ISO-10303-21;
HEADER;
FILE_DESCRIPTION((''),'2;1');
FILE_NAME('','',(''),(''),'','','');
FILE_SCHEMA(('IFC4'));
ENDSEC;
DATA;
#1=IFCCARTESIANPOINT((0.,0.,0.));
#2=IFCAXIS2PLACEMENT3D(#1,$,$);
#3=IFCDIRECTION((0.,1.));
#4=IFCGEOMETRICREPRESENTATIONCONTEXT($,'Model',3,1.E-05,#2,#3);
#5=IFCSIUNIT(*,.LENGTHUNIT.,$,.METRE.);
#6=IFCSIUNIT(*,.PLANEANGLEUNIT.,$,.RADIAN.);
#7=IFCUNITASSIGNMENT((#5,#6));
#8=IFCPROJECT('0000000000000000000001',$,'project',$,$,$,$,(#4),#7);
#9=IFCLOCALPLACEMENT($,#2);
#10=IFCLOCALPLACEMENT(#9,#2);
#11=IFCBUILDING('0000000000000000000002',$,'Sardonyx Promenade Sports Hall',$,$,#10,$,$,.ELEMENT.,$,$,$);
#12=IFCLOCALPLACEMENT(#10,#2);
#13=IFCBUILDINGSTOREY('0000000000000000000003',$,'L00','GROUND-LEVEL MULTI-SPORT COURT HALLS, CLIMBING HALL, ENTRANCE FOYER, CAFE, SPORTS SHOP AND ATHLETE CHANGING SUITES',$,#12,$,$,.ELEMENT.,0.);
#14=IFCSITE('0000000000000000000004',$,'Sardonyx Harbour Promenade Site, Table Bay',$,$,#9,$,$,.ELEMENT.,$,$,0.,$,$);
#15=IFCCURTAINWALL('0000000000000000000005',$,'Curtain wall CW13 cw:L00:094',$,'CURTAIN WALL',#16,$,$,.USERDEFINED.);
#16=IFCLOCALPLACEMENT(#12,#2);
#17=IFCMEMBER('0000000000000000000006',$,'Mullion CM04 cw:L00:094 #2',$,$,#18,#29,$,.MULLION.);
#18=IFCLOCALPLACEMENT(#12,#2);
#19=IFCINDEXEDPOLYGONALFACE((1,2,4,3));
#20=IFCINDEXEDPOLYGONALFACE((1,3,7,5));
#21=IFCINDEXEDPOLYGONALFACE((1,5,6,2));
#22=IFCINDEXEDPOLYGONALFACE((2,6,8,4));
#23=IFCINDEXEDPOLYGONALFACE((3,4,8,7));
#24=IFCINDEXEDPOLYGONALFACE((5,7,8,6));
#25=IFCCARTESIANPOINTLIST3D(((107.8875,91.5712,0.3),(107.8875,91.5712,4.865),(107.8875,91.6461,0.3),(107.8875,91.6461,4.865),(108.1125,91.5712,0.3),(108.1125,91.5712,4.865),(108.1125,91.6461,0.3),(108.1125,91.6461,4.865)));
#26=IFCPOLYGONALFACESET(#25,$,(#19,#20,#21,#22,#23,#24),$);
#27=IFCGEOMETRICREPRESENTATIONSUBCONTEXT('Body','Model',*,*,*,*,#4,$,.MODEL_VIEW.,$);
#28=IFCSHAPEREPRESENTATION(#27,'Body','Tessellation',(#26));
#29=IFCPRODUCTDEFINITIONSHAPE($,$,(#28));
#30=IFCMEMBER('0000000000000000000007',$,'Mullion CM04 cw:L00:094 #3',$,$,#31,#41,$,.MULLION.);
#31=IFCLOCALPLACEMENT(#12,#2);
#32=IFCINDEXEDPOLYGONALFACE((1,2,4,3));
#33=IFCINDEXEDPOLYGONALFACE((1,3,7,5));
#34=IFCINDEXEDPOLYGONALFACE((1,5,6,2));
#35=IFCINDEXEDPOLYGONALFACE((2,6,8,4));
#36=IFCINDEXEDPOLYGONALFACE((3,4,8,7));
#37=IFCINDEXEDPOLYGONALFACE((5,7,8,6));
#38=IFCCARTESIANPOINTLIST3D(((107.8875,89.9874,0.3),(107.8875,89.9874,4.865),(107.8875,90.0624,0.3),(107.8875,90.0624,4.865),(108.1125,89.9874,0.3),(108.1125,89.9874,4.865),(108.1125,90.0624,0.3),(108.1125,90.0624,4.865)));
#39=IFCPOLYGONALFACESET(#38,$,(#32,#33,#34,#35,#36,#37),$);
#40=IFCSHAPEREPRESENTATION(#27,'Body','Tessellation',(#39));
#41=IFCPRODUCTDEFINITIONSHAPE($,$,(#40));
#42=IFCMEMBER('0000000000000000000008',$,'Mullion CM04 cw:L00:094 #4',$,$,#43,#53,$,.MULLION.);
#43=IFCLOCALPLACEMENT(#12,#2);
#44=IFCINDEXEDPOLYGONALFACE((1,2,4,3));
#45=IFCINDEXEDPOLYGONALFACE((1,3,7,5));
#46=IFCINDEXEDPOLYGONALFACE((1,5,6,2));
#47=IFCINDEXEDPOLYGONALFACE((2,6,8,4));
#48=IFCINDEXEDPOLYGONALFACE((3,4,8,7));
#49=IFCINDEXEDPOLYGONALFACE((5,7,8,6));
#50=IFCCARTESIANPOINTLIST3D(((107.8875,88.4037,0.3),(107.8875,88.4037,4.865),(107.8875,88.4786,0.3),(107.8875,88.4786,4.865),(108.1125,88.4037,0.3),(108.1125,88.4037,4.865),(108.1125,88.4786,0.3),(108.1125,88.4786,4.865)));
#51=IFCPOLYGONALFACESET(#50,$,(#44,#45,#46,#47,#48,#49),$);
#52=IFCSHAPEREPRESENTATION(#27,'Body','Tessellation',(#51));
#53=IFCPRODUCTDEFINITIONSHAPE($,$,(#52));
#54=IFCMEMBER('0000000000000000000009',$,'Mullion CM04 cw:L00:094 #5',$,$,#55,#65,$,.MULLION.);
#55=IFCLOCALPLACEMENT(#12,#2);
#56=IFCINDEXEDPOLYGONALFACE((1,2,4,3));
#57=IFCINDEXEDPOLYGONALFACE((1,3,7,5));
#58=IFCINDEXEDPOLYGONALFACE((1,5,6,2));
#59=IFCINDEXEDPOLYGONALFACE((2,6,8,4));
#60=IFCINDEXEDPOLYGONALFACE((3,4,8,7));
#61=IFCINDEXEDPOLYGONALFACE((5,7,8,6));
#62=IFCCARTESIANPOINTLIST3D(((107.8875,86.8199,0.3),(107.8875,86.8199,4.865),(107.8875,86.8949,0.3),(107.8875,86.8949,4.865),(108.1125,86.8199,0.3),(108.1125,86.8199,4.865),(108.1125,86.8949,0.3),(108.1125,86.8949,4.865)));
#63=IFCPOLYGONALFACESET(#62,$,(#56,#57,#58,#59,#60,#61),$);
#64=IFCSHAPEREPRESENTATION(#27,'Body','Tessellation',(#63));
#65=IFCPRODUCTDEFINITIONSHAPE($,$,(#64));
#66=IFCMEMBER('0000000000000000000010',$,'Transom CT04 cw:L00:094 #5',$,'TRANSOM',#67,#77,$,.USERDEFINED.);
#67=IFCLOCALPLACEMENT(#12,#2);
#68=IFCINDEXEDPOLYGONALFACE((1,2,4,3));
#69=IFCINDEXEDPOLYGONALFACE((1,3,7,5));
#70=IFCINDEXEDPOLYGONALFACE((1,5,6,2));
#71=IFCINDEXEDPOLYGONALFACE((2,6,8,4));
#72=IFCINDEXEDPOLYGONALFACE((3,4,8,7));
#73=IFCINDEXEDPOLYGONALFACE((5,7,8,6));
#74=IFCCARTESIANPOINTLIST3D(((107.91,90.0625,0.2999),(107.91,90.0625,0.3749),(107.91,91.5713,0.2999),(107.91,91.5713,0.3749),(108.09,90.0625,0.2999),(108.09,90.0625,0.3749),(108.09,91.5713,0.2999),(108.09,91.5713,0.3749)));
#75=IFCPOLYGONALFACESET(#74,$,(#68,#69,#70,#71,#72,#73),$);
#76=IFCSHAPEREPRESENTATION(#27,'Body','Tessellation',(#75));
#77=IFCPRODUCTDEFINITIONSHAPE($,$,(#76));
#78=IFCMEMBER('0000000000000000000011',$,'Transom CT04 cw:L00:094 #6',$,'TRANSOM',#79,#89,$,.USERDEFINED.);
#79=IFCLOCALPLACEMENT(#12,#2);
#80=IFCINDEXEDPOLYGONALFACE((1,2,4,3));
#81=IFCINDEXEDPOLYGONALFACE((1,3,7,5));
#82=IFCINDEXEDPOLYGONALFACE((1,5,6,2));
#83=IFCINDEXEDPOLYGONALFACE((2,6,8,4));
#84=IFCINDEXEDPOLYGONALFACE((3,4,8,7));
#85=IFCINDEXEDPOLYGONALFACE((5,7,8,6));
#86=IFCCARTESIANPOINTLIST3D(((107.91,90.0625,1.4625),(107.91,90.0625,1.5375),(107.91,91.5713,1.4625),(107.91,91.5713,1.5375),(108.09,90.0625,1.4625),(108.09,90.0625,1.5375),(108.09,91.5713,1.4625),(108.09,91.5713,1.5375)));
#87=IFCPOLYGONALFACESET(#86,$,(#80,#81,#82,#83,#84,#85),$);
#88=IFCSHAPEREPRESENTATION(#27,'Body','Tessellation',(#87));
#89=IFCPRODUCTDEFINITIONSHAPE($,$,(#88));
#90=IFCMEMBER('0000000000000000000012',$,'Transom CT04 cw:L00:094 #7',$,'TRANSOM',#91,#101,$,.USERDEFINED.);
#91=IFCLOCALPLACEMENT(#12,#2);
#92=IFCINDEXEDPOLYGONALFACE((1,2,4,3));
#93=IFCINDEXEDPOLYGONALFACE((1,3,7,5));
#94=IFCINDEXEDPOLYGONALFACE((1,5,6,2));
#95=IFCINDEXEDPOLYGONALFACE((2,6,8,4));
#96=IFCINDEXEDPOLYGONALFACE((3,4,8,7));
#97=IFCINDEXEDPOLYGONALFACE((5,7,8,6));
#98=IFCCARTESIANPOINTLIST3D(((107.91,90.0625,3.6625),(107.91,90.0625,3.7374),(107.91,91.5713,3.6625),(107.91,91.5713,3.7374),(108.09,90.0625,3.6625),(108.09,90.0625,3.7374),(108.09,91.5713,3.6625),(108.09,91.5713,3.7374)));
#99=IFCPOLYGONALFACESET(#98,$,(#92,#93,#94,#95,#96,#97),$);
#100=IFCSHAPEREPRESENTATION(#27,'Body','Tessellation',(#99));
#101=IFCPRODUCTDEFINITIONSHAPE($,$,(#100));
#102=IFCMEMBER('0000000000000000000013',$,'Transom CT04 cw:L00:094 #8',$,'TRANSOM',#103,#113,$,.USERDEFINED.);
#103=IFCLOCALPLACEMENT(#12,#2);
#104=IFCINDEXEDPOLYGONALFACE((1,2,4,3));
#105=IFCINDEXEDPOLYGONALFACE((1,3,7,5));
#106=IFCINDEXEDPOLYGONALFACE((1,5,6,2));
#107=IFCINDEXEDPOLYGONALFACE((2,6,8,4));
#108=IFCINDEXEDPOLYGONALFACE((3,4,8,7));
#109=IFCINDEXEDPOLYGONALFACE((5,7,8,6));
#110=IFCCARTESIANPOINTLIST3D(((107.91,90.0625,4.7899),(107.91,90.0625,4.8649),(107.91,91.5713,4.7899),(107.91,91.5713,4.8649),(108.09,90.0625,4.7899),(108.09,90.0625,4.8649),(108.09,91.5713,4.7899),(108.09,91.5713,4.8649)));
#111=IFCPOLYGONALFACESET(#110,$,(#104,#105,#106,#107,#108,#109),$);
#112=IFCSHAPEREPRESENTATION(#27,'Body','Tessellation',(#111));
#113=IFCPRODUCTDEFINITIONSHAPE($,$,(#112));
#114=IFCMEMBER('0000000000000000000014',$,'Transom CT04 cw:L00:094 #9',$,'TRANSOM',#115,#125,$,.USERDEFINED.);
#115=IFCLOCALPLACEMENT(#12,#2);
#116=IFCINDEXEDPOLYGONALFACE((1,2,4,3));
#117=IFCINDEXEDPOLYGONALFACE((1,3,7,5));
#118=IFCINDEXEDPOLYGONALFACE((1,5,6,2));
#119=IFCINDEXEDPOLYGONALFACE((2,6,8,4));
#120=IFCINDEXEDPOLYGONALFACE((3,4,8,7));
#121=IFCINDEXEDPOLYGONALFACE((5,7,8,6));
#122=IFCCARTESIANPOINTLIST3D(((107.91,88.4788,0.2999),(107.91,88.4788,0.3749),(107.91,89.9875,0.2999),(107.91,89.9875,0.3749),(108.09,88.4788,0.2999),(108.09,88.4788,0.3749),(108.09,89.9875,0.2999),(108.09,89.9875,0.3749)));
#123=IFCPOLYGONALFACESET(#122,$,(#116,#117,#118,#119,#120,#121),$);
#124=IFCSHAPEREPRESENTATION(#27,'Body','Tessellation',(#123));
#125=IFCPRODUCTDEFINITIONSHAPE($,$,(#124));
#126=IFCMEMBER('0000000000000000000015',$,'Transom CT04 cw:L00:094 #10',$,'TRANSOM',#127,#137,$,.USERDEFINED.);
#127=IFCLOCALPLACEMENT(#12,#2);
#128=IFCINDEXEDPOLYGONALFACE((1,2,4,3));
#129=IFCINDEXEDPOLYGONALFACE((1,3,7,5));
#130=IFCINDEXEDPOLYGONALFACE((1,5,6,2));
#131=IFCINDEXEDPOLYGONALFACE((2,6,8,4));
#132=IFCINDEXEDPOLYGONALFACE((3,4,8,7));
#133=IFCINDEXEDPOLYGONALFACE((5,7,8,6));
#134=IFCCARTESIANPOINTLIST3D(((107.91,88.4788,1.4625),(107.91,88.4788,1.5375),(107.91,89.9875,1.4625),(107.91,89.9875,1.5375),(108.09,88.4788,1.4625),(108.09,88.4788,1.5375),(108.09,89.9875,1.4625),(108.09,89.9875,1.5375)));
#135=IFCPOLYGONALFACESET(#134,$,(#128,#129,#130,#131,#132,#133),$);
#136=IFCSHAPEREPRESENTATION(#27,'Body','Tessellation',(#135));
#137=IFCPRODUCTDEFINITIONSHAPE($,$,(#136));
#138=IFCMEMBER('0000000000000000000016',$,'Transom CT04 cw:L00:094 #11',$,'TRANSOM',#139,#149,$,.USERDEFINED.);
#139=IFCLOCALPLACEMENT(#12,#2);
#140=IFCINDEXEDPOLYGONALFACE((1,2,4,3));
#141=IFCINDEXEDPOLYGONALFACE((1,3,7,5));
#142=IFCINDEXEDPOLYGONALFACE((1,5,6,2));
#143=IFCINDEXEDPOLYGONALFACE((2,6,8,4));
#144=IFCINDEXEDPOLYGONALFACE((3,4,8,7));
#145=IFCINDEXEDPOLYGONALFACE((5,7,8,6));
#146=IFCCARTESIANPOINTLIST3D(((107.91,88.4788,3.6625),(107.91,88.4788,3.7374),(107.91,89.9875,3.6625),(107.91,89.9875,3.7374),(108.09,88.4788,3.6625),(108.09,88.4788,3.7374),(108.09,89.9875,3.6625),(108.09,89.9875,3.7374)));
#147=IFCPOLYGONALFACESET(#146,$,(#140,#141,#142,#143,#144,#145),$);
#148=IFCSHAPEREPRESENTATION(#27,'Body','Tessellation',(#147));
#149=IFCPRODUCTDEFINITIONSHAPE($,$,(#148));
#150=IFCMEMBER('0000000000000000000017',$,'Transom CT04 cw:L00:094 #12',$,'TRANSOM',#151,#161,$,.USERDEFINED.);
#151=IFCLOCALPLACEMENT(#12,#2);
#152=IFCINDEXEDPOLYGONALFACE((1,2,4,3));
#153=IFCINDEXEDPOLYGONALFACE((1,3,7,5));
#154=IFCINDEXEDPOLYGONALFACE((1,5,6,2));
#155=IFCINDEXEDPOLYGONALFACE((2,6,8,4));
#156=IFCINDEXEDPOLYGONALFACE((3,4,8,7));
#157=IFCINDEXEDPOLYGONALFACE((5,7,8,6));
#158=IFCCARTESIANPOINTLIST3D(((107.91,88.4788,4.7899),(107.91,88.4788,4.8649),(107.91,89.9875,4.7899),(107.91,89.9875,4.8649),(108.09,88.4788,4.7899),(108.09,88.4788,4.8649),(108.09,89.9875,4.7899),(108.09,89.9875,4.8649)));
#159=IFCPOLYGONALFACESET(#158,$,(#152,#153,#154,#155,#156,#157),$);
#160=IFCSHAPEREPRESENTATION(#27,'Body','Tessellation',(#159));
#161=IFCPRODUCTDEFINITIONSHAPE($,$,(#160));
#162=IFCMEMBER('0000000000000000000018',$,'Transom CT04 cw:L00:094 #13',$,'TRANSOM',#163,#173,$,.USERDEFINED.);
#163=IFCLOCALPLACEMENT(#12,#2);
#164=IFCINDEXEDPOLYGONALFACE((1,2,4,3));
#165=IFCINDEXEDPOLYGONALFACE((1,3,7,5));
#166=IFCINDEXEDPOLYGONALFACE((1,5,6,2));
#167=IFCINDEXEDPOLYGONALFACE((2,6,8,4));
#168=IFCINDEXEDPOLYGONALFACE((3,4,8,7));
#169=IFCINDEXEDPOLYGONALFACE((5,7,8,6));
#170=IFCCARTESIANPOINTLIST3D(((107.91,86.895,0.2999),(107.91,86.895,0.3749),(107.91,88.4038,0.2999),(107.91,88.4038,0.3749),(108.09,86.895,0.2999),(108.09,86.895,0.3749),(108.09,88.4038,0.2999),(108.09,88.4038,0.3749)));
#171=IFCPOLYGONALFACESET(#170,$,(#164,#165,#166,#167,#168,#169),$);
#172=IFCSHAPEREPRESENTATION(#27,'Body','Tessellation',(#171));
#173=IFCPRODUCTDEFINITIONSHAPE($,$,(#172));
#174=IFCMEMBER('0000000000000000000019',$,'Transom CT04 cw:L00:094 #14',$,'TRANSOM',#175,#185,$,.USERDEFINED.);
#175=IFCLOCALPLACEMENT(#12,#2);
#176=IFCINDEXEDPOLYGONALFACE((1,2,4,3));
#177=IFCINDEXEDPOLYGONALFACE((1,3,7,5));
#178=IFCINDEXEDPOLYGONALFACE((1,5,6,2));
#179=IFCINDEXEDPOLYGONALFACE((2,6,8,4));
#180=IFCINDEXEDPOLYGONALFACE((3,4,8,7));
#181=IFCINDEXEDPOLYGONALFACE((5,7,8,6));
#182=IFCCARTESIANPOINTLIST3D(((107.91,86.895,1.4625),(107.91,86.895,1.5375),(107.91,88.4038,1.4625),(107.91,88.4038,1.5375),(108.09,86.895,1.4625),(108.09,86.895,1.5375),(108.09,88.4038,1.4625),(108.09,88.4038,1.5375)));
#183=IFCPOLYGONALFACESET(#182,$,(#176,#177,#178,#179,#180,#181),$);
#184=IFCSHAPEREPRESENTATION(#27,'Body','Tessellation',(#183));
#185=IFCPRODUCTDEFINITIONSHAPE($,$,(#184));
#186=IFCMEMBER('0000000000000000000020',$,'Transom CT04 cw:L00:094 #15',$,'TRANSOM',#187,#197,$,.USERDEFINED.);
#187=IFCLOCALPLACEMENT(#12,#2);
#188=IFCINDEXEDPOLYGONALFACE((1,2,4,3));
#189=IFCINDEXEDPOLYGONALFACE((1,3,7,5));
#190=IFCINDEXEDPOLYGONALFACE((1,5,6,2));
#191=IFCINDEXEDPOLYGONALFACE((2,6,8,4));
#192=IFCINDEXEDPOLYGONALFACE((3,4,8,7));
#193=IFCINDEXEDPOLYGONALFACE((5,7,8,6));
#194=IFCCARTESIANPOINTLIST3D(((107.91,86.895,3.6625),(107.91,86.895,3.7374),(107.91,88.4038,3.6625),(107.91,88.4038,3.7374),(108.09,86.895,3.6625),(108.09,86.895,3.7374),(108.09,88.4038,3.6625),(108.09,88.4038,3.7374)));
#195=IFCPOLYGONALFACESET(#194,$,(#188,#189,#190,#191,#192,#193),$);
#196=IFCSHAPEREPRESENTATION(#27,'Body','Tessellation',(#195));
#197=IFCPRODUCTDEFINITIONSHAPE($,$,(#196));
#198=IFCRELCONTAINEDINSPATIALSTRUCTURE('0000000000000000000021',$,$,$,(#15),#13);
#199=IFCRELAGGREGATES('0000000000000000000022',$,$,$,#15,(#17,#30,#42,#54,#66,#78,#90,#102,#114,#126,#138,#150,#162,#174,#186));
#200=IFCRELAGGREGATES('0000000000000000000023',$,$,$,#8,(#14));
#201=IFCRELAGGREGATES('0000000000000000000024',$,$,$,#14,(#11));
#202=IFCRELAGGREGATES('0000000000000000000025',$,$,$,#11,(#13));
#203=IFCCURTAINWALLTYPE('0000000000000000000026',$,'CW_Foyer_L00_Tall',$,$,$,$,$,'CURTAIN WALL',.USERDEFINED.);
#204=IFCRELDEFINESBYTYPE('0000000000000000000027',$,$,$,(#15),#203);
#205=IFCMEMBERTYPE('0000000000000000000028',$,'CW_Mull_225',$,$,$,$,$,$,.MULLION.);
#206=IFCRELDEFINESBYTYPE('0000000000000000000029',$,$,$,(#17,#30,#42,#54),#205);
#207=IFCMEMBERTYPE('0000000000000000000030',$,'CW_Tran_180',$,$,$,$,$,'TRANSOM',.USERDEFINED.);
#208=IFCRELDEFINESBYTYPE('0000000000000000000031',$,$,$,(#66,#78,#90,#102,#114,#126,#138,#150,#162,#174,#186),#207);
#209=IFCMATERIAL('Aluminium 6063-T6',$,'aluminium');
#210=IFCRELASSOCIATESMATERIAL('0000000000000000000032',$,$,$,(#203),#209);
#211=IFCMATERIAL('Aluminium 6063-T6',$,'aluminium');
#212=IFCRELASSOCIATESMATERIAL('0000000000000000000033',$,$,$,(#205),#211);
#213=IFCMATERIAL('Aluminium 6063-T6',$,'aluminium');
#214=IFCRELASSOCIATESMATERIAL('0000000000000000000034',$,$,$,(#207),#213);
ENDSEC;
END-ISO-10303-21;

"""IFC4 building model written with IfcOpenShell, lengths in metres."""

from ifc_helpers import new_model, si_unit, direction, frame, origin, origin_2d, place, context, subcontext, project, spatial, rectangle, extrude, material, material_profile, profile_set, type_object, element, aggregate, save


model = new_model("IFC4")

# Units and contexts
model_context = context("Model", 3, precision=1e-05, world=origin(), true_north=direction((0.0, 1.0)))
body_context = subcontext(model_context, "Body", "Model", "MODEL_VIEW")
ifc_project = project(units=[si_unit("LENGTHUNIT", "METRE"), si_unit("PLANEANGLEUNIT", "RADIAN")], contexts=[model_context])

# Site, building, storey
site_placement = place(None, origin())
site = spatial("IfcSite", under=ifc_project, at=site_placement, Name="Sardonyx Harbour Promenade Site, Table Bay", CompositionType="ELEMENT", RefElevation=0.0)
building_placement = place(site_placement, origin())
building = spatial("IfcBuilding", under=site, at=building_placement, Name="Sardonyx Promenade Sports Hall", CompositionType="ELEMENT")
storey_placement = place(building_placement, origin())
storey = spatial("IfcBuildingStorey", under=building, at=storey_placement, Name="L00", Description="GROUND-LEVEL MULTI-SPORT COURT HALLS, CLIMBING HALL, ENTRANCE FOYER, CAFE, SPORTS SHOP AND ATHLETE CHANGING SUITES", CompositionType="ELEMENT", Elevation=0.0)

# Curtain wall, members
ifc_material_1 = material(Name="Aluminium 6063-T6", Category="aluminium")
curtain_wall_type = type_object("IfcCurtainWallType", Name="CW_Foyer_L00_Tall", ElementType="CURTAIN WALL", PredefinedType="USERDEFINED", material=ifc_material_1)
curtain_wall_placement = place(storey_placement, origin())
curtain_wall = element("IfcCurtainWall", 1, at=curtain_wall_placement, inside=storey, type_object=curtain_wall_type, Name="Curtain wall CW13 cw:L00:094", ObjectType="CURTAIN WALL", PredefinedType="USERDEFINED")
ifc_material_2 = material(Name="Aluminium 6063-T6", Category="aluminium")
ifc_material_profile_1 = material_profile(ifc_material_2, rectangle(XDim=0.075, YDim=0.2251, at=origin_2d()))
ifc_profile_set_1 = profile_set([ifc_material_profile_1], Name="Aluminium 6063-T6")
member_type_1 = type_object("IfcMemberType", Name="CW_Mull_225", PredefinedType="MULLION", material=ifc_profile_set_1)
member_1_placement = place(storey_placement, frame((108.0, 91.6086, 0.3), z_axis=(0.0, 0.0, 1.0), x_axis=(0.0, -1.0, 0.0)))
member_1 = element("IfcMember", 2, at=member_1_placement, type_object=member_type_1, Name="Mullion CM04 cw:L00:094 #2", PredefinedType="MULLION", context=body_context, shape_type="SweptSolid", body=[
    extrude(rectangle(XDim=0.075, YDim=0.2251, at=origin_2d()), origin(), (0.0, 0.0, 1.0), 4.5649),
])
member_2_placement = place(storey_placement, frame((108.0, 90.0249, 0.3), z_axis=(0.0, 0.0, 1.0), x_axis=(0.0, -1.0, 0.0)))
member_2 = element("IfcMember", 3, at=member_2_placement, type_object=member_type_1, Name="Mullion CM04 cw:L00:094 #3", PredefinedType="MULLION", context=body_context, shape_type="SweptSolid", body=[
    extrude(rectangle(XDim=0.075, YDim=0.2251, at=origin_2d()), origin(), (0.0, 0.0, 1.0), 4.5649),
])
member_3_placement = place(storey_placement, frame((108.0, 88.4412, 0.3), z_axis=(0.0, 0.0, 1.0), x_axis=(0.0, -1.0, 0.0)))
member_3 = element("IfcMember", 4, at=member_3_placement, type_object=member_type_1, Name="Mullion CM04 cw:L00:094 #4", PredefinedType="MULLION", context=body_context, shape_type="SweptSolid", body=[
    extrude(rectangle(XDim=0.075, YDim=0.2251, at=origin_2d()), origin(), (0.0, 0.0, 1.0), 4.5649),
])
member_4_placement = place(storey_placement, frame((108.0, 86.8574, 0.3), z_axis=(0.0, 0.0, 1.0), x_axis=(0.0, -1.0, 0.0)))
member_4 = element("IfcMember", 5, at=member_4_placement, type_object=member_type_1, Name="Mullion CM04 cw:L00:094 #5", PredefinedType="MULLION", context=body_context, shape_type="SweptSolid", body=[
    extrude(rectangle(XDim=0.075, YDim=0.2251, at=origin_2d()), origin(), (0.0, 0.0, 1.0), 4.5649),
])
ifc_material_3 = material(Name="Aluminium 6063-T6", Category="aluminium")
ifc_material_profile_2 = material_profile(ifc_material_3, rectangle(XDim=0.075, YDim=0.1799, at=origin_2d()))
ifc_profile_set_2 = profile_set([ifc_material_profile_2], Name="Aluminium 6063-T6")
member_type_2 = type_object("IfcMemberType", Name="CW_Tran_180", ElementType="TRANSOM", PredefinedType="USERDEFINED", material=ifc_profile_set_2)
member_5_placement = place(storey_placement, frame((108.0, 91.5713, 0.3374), z_axis=(0.0, -1.0, 0.0), x_axis=(0.0, 0.0, 1.0)))
member_5 = element("IfcMember", 6, at=member_5_placement, type_object=member_type_2, Name="Transom CT04 cw:L00:094 #5", ObjectType="TRANSOM", PredefinedType="USERDEFINED", context=body_context, shape_type="SweptSolid", body=[
    extrude(rectangle(XDim=0.075, YDim=0.1799, at=origin_2d()), origin(), (0.0, 0.0, 1.0), 1.5088),
])
member_6_placement = place(storey_placement, frame((108.0, 91.5713, 1.5), z_axis=(0.0, -1.0, 0.0), x_axis=(0.0, 0.0, 1.0)))
member_6 = element("IfcMember", 7, at=member_6_placement, type_object=member_type_2, Name="Transom CT04 cw:L00:094 #6", ObjectType="TRANSOM", PredefinedType="USERDEFINED", context=body_context, shape_type="SweptSolid", body=[
    extrude(rectangle(XDim=0.075, YDim=0.1799, at=origin_2d()), origin(), (0.0, 0.0, 1.0), 1.5088),
])
member_7_placement = place(storey_placement, frame((108.0, 91.5713, 3.7), z_axis=(0.0, -1.0, 0.0), x_axis=(0.0, 0.0, 1.0)))
member_7 = element("IfcMember", 8, at=member_7_placement, type_object=member_type_2, Name="Transom CT04 cw:L00:094 #7", ObjectType="TRANSOM", PredefinedType="USERDEFINED", context=body_context, shape_type="SweptSolid", body=[
    extrude(rectangle(XDim=0.075, YDim=0.1799, at=origin_2d()), origin(), (0.0, 0.0, 1.0), 1.5088),
])
member_8_placement = place(storey_placement, frame((108.0, 91.5713, 4.8274), z_axis=(0.0, -1.0, 0.0), x_axis=(0.0, 0.0, 1.0)))
member_8 = element("IfcMember", 9, at=member_8_placement, type_object=member_type_2, Name="Transom CT04 cw:L00:094 #8", ObjectType="TRANSOM", PredefinedType="USERDEFINED", context=body_context, shape_type="SweptSolid", body=[
    extrude(rectangle(XDim=0.075, YDim=0.1799, at=origin_2d()), origin(), (0.0, 0.0, 1.0), 1.5088),
])
member_9_placement = place(storey_placement, frame((108.0, 89.9875, 0.3374), z_axis=(0.0, -1.0, 0.0), x_axis=(0.0, 0.0, 1.0)))
member_9 = element("IfcMember", 10, at=member_9_placement, type_object=member_type_2, Name="Transom CT04 cw:L00:094 #9", ObjectType="TRANSOM", PredefinedType="USERDEFINED", context=body_context, shape_type="SweptSolid", body=[
    extrude(rectangle(XDim=0.075, YDim=0.1799, at=origin_2d()), origin(), (0.0, 0.0, 1.0), 1.5088),
])
member_10_placement = place(storey_placement, frame((108.0, 89.9875, 1.5), z_axis=(0.0, -1.0, 0.0), x_axis=(0.0, 0.0, 1.0)))
member_10 = element("IfcMember", 11, at=member_10_placement, type_object=member_type_2, Name="Transom CT04 cw:L00:094 #10", ObjectType="TRANSOM", PredefinedType="USERDEFINED", context=body_context, shape_type="SweptSolid", body=[
    extrude(rectangle(XDim=0.075, YDim=0.1799, at=origin_2d()), origin(), (0.0, 0.0, 1.0), 1.5088),
])
member_11_placement = place(storey_placement, frame((108.0, 89.9875, 3.7), z_axis=(0.0, -1.0, 0.0), x_axis=(0.0, 0.0, 1.0)))
member_11 = element("IfcMember", 12, at=member_11_placement, type_object=member_type_2, Name="Transom CT04 cw:L00:094 #11", ObjectType="TRANSOM", PredefinedType="USERDEFINED", context=body_context, shape_type="SweptSolid", body=[
    extrude(rectangle(XDim=0.075, YDim=0.1799, at=origin_2d()), origin(), (0.0, 0.0, 1.0), 1.5088),
])
member_12_placement = place(storey_placement, frame((108.0, 89.9875, 4.8274), z_axis=(0.0, -1.0, 0.0), x_axis=(0.0, 0.0, 1.0)))
member_12 = element("IfcMember", 13, at=member_12_placement, type_object=member_type_2, Name="Transom CT04 cw:L00:094 #12", ObjectType="TRANSOM", PredefinedType="USERDEFINED", context=body_context, shape_type="SweptSolid", body=[
    extrude(rectangle(XDim=0.075, YDim=0.1799, at=origin_2d()), origin(), (0.0, 0.0, 1.0), 1.5088),
])
member_13_placement = place(storey_placement, frame((108.0, 88.4038, 0.3374), z_axis=(0.0, -1.0, 0.0), x_axis=(0.0, 0.0, 1.0)))
member_13 = element("IfcMember", 14, at=member_13_placement, type_object=member_type_2, Name="Transom CT04 cw:L00:094 #13", ObjectType="TRANSOM", PredefinedType="USERDEFINED", context=body_context, shape_type="SweptSolid", body=[
    extrude(rectangle(XDim=0.075, YDim=0.1799, at=origin_2d()), origin(), (0.0, 0.0, 1.0), 1.5088),
])
member_14_placement = place(storey_placement, frame((108.0, 88.4038, 1.5), z_axis=(0.0, -1.0, 0.0), x_axis=(0.0, 0.0, 1.0)))
member_14 = element("IfcMember", 15, at=member_14_placement, type_object=member_type_2, Name="Transom CT04 cw:L00:094 #14", ObjectType="TRANSOM", PredefinedType="USERDEFINED", context=body_context, shape_type="SweptSolid", body=[
    extrude(rectangle(XDim=0.075, YDim=0.1799, at=origin_2d()), origin(), (0.0, 0.0, 1.0), 1.5088),
])
member_15_placement = place(storey_placement, frame((108.0, 88.4038, 3.7), z_axis=(0.0, -1.0, 0.0), x_axis=(0.0, 0.0, 1.0)))
member_15 = element("IfcMember", 16, at=member_15_placement, type_object=member_type_2, Name="Transom CT04 cw:L00:094 #15", ObjectType="TRANSOM", PredefinedType="USERDEFINED", context=body_context, shape_type="SweptSolid", body=[
    extrude(rectangle(XDim=0.075, YDim=0.1799, at=origin_2d()), origin(), (0.0, 0.0, 1.0), 1.5088),
])
aggregate(curtain_wall, [member_1, member_2, member_3, member_4, member_5, member_6, member_7, member_8, member_9, member_10, member_11, member_12, member_13, member_14, member_15])

save(model, "model.ifc")
